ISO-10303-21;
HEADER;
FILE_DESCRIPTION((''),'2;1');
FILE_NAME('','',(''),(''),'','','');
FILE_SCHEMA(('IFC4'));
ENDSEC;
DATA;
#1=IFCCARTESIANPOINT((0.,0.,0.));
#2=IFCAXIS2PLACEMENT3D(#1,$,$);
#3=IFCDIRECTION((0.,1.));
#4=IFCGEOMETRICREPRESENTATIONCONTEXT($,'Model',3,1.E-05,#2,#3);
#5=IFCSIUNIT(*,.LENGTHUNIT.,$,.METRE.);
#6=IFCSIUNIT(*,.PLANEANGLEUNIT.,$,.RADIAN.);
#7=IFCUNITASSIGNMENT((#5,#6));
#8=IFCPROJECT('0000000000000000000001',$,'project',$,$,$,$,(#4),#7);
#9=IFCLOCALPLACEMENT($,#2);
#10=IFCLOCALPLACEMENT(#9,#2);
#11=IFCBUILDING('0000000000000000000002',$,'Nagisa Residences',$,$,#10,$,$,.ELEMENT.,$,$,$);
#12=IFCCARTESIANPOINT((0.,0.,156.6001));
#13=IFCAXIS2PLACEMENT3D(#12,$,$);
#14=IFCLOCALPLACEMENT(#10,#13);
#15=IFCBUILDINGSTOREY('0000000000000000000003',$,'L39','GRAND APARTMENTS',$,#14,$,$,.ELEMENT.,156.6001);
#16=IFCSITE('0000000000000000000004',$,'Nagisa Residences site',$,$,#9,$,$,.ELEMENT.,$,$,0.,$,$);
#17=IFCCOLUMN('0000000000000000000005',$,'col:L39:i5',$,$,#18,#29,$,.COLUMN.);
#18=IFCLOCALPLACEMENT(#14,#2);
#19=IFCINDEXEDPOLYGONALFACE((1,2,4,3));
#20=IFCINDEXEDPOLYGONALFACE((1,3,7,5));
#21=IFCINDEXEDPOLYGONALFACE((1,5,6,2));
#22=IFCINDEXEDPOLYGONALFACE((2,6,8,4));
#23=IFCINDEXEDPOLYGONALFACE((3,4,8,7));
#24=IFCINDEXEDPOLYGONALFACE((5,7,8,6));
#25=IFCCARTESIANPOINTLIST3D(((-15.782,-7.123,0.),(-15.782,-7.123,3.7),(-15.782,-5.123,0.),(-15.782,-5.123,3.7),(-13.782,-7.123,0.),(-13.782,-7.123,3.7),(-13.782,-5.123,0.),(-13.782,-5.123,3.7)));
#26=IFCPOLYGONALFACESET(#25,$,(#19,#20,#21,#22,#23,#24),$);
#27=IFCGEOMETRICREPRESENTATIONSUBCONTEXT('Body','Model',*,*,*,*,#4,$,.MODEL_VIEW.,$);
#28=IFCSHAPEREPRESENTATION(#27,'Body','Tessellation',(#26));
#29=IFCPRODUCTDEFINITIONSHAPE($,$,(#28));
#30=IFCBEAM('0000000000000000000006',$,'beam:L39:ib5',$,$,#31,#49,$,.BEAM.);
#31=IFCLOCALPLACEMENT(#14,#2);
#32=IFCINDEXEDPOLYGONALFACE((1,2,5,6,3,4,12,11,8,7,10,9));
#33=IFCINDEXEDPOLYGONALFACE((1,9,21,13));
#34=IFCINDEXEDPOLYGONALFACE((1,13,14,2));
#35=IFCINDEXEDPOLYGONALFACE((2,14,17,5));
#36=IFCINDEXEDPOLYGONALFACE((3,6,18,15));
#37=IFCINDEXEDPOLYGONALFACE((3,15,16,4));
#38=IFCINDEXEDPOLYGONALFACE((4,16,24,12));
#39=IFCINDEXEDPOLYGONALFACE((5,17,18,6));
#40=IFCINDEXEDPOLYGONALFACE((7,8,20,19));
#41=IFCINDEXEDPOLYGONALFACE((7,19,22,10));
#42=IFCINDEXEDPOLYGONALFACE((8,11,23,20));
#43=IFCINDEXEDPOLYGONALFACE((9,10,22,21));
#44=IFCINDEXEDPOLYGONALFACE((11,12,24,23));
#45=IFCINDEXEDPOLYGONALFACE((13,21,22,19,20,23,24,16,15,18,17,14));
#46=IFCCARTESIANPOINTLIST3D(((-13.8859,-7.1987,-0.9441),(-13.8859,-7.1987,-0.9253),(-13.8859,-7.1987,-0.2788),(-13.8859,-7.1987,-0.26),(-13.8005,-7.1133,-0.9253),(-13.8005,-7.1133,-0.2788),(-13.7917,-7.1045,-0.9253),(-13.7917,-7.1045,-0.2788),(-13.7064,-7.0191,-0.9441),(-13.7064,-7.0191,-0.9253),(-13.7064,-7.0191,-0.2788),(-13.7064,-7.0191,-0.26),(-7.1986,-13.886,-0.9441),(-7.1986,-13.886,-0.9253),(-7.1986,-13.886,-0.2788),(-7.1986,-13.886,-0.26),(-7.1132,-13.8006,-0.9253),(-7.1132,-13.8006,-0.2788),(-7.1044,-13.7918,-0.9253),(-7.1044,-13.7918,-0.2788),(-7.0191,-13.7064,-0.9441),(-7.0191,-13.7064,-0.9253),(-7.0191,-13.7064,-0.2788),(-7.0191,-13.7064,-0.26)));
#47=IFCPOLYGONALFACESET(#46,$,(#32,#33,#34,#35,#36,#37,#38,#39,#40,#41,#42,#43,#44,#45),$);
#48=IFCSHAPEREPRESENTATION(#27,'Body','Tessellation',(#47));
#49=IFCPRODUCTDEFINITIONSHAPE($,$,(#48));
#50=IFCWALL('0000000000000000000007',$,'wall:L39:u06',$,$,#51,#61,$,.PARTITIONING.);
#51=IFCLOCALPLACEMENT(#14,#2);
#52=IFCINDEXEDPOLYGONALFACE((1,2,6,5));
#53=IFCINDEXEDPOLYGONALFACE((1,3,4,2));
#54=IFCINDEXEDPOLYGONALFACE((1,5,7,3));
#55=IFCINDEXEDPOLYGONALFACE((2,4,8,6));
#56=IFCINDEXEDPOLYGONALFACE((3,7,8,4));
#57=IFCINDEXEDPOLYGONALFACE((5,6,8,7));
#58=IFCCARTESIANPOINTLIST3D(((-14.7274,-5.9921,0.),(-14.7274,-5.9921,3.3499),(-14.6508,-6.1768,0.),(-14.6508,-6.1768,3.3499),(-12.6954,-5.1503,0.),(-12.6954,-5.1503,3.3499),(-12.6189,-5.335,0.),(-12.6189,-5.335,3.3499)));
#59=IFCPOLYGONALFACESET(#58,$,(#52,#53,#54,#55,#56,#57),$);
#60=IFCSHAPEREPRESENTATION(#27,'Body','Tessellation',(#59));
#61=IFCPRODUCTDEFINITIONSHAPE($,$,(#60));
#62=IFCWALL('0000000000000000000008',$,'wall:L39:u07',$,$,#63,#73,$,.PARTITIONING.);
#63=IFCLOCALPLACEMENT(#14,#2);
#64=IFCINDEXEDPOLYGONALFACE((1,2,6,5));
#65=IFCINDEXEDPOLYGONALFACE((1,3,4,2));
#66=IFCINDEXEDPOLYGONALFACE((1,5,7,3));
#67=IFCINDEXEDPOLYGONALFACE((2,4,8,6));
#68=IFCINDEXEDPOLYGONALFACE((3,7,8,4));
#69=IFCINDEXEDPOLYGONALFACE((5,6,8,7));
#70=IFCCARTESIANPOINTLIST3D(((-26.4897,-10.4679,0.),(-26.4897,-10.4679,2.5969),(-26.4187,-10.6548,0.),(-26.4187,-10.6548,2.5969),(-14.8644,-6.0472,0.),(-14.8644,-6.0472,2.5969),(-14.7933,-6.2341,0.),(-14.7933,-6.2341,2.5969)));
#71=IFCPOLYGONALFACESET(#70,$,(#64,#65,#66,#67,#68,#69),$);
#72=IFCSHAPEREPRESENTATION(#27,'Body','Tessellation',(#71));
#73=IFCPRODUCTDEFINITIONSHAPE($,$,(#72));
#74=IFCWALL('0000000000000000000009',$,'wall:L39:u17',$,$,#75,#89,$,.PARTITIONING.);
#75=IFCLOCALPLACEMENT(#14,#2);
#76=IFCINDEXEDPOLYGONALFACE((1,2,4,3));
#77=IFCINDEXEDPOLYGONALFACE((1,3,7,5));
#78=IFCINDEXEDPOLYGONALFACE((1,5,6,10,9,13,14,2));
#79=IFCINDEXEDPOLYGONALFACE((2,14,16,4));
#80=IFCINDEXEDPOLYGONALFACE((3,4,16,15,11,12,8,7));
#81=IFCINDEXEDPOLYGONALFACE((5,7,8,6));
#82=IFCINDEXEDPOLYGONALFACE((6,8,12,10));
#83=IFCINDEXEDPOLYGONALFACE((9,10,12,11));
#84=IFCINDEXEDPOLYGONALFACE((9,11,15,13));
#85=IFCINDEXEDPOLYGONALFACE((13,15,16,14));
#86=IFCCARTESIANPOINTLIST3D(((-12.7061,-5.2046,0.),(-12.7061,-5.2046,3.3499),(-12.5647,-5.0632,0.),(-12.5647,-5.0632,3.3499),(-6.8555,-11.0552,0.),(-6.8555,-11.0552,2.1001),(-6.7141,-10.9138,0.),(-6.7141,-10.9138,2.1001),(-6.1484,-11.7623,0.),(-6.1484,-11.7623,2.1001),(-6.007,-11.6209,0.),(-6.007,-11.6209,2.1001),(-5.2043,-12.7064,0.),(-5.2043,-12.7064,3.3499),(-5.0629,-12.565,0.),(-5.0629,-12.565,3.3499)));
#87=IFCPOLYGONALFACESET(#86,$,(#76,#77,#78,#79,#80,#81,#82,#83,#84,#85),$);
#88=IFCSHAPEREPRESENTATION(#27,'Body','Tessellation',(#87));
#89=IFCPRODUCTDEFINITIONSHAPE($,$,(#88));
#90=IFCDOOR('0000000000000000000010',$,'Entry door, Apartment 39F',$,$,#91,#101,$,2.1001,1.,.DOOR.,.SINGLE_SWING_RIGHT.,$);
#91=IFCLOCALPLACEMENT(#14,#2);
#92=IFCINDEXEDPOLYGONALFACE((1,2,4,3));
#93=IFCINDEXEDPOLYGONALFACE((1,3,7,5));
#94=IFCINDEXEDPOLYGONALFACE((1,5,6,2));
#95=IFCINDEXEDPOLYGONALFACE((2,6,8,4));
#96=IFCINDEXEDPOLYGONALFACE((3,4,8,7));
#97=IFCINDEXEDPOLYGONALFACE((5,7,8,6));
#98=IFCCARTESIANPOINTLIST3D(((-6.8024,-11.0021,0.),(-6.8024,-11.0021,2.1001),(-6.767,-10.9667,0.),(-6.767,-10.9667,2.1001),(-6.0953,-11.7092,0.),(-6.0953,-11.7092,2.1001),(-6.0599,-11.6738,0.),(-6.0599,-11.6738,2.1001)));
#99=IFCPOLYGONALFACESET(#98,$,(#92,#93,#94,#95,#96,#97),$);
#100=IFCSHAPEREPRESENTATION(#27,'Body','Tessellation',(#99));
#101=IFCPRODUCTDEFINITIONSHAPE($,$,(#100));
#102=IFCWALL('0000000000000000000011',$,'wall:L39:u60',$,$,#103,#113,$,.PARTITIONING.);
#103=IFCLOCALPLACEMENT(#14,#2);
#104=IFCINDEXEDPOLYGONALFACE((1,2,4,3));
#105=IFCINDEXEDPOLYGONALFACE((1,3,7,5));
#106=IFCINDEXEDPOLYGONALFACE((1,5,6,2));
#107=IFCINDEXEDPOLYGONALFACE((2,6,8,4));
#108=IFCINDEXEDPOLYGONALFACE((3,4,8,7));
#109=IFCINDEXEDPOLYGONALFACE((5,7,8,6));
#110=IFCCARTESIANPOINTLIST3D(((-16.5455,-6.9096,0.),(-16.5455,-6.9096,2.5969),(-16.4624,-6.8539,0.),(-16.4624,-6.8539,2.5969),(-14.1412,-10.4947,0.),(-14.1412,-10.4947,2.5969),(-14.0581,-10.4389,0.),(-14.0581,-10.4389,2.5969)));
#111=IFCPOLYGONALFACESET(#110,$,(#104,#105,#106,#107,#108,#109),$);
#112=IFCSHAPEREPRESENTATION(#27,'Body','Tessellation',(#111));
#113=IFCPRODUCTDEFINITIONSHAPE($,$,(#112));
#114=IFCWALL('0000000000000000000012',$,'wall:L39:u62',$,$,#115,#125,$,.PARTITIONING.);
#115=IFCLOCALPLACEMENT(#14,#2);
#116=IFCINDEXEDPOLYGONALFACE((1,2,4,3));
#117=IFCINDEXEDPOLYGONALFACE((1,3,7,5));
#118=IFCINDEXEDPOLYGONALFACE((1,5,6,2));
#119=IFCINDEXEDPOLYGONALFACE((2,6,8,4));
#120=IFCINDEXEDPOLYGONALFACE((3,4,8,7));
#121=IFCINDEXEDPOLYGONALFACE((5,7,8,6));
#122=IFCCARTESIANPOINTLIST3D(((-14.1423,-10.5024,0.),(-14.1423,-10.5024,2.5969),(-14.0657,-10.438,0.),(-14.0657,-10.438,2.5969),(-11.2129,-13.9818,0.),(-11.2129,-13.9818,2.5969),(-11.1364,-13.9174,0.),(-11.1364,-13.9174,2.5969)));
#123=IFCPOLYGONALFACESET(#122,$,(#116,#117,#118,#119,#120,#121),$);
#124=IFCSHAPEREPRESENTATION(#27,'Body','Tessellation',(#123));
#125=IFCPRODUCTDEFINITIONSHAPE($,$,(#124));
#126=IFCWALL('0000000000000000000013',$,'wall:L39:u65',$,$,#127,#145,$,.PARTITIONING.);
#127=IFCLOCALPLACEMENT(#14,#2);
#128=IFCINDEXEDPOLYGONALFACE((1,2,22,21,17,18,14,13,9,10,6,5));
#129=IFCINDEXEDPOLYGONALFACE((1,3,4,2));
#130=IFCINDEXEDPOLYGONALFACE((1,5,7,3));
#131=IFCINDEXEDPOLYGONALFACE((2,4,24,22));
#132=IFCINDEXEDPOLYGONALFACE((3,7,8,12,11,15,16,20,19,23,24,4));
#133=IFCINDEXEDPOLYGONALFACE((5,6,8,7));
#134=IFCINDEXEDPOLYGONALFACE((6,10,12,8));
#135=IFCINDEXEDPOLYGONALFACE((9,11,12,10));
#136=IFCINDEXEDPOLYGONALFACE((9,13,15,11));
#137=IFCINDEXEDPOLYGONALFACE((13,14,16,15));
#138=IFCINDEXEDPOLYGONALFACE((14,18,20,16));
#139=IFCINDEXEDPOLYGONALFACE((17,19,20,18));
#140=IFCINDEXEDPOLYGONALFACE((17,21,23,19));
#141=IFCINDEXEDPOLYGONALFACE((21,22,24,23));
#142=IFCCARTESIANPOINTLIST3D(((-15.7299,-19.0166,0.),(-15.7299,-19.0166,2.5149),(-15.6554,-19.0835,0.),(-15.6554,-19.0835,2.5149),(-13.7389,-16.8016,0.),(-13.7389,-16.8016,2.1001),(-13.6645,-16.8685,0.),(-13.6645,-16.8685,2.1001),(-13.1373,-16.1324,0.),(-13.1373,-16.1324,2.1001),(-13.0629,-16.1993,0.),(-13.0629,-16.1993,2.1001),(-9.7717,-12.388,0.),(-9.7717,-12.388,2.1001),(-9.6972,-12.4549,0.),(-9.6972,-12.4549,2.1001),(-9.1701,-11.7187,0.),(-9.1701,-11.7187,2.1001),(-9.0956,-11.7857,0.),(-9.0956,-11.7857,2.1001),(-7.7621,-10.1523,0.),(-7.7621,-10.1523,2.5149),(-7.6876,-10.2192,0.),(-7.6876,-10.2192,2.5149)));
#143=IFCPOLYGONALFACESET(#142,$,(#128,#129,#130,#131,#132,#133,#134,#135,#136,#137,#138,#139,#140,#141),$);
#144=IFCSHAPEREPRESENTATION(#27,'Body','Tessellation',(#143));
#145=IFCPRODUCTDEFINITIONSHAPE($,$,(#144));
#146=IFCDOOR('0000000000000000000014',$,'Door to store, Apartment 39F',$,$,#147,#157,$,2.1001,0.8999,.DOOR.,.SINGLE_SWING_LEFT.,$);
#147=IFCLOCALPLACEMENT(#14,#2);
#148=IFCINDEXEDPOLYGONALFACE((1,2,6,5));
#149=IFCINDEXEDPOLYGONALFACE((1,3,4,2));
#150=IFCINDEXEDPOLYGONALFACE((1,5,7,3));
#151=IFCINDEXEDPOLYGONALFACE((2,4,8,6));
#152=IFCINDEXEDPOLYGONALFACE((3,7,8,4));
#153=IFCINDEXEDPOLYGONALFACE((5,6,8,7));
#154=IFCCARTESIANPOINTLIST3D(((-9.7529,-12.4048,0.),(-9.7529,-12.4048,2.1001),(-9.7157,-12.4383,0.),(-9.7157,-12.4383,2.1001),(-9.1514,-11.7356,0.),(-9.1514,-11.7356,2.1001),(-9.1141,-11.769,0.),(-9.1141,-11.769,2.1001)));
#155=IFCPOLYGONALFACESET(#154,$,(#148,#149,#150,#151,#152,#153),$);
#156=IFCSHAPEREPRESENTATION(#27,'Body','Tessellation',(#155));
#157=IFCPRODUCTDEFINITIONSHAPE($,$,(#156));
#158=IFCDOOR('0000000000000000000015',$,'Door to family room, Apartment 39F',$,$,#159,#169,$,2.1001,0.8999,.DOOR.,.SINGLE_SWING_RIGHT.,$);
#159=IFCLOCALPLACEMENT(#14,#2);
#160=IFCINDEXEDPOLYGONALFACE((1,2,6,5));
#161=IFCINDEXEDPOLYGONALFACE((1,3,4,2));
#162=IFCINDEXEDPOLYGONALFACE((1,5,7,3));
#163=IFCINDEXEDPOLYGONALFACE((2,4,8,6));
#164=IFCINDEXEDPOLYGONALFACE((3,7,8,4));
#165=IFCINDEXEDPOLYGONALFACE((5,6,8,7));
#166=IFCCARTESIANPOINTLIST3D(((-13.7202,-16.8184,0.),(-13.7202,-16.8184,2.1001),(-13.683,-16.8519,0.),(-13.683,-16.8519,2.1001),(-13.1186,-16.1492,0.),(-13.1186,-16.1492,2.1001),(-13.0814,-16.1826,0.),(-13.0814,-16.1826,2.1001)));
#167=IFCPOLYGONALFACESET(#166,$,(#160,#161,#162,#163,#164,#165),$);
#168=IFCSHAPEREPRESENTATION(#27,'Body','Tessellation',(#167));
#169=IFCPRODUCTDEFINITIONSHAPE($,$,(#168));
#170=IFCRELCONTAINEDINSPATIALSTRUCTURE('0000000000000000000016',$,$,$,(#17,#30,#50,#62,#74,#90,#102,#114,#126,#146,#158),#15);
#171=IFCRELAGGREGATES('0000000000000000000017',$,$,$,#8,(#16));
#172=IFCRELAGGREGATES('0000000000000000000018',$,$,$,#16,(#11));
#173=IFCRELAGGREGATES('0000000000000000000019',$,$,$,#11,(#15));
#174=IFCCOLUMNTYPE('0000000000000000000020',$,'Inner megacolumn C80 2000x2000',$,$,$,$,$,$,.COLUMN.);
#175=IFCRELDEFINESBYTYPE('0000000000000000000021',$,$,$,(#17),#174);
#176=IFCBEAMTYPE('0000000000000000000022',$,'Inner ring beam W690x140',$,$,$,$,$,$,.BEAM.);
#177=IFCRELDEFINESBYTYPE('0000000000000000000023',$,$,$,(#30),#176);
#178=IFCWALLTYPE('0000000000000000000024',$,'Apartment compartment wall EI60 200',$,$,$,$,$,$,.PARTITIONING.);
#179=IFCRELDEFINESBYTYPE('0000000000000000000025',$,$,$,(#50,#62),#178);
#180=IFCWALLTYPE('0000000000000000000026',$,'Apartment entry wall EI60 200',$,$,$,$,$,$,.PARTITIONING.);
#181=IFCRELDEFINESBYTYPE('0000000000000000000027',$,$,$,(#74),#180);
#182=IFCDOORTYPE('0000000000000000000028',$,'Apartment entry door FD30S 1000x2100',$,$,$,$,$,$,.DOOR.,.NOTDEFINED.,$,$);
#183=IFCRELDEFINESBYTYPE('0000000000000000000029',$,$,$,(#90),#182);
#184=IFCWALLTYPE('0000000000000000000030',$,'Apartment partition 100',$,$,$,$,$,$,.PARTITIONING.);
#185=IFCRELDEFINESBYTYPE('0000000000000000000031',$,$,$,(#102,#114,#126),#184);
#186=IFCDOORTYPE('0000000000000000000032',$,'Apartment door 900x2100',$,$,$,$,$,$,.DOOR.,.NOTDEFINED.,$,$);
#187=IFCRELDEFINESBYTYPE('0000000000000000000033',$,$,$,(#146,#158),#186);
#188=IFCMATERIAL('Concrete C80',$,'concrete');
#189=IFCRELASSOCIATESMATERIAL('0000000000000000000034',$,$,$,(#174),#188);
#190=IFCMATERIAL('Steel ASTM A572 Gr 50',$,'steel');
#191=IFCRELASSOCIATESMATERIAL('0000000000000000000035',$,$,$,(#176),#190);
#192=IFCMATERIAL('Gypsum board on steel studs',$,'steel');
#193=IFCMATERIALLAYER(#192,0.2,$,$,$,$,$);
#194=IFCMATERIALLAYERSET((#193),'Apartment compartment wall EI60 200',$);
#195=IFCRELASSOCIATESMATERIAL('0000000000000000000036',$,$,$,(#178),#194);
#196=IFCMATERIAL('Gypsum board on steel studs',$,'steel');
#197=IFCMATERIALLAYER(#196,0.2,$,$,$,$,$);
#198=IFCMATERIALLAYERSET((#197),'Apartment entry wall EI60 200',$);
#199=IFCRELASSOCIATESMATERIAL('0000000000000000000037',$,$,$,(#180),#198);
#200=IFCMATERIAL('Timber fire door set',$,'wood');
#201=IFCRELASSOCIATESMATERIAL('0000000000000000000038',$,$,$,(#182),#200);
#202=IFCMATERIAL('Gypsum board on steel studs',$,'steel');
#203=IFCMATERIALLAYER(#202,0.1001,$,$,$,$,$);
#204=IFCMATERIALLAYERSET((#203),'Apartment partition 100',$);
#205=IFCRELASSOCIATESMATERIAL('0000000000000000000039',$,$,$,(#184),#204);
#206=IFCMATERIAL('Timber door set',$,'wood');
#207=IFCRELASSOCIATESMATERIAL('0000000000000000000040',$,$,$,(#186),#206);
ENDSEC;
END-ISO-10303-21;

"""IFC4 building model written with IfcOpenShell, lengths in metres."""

from ifc_helpers import new_model, si_unit, direction, frame, frame_2d, origin, origin_2d, place, context, subcontext, project, spatial, rectangle, i_section, extrude, material, layer, layer_set, material_profile, profile_set, type_object, element, fill, save


model = new_model("IFC4")

# Units and contexts
model_context = context("Model", 3, precision=1e-05, world=origin(), true_north=direction((0.0, 1.0)))
body_context = subcontext(model_context, "Body", "Model", "MODEL_VIEW")
ifc_project = project(units=[si_unit("LENGTHUNIT", "METRE"), si_unit("PLANEANGLEUNIT", "RADIAN")], contexts=[model_context])

# Site, building, storey
site_placement = place(None, origin())
site = spatial("IfcSite", under=ifc_project, at=site_placement, Name="Nagisa Residences site", CompositionType="ELEMENT", RefElevation=0.0)
building_placement = place(site_placement, origin())
building = spatial("IfcBuilding", under=site, at=building_placement, Name="Nagisa Residences", CompositionType="ELEMENT")
storey_placement = place(building_placement, frame((0.0, 0.0, 156.6001)))
storey = spatial("IfcBuildingStorey", under=building, at=storey_placement, Name="L39", Description="GRAND APARTMENTS", CompositionType="ELEMENT", Elevation=156.6001)

# Column
ifc_material_1 = material(Name="Concrete C80", Category="concrete")
ifc_material_profile_1 = material_profile(ifc_material_1, rectangle(XDim=2.0, YDim=2.0, at=origin_2d()), Name="C80 2000x2000")
ifc_profile_set_1 = profile_set([ifc_material_profile_1], Name="Concrete C80")
column_type = type_object("IfcColumnType", Name="Inner megacolumn C80 2000x2000", PredefinedType="COLUMN", material=ifc_profile_set_1)
column_placement = place(storey_placement, frame((-14.782, -6.123, 0.0), z_axis=(0.0, 0.0, 1.0), x_axis=(1.0, 0.0, 0.0)))
element("IfcColumn", 1, at=column_placement, inside=storey, type_object=column_type, Name="col:L39:i5", PredefinedType="COLUMN", context=body_context, shape_type="SweptSolid", body=[
    extrude(rectangle(XDim=2.0, YDim=2.0, at=origin_2d()), origin(), (0.0, 0.0, 1.0), 3.7),
])

# Beam
ifc_material_2 = material(Name="Steel ASTM A572 Gr 50", Category="steel")
ifc_material_profile_2 = material_profile(ifc_material_2, i_section(OverallWidth=0.2539, OverallDepth=0.6841, WebThickness=0.0125, FlangeThickness=0.0188, at=origin_2d()), Name="W690x140")
ifc_profile_set_2 = profile_set([ifc_material_profile_2], Name="Steel ASTM A572 Gr 50")
beam_type = type_object("IfcBeamType", Name="Inner ring beam W690x140", PredefinedType="BEAM", material=ifc_profile_set_2)
beam_placement = place(storey_placement, frame((-13.7961, -7.1089, -0.6021), z_axis=(0.707107, -0.707107, 0.0), x_axis=(0.707107, 0.707107, 0.0)))
element("IfcBeam", 2, at=beam_placement, inside=storey, type_object=beam_type, Name="beam:L39:ib5", PredefinedType="BEAM", context=body_context, shape_type="SweptSolid", body=[
    extrude(i_section(OverallWidth=0.2539, OverallDepth=0.6841, WebThickness=0.0125, FlangeThickness=0.0188, at=origin_2d()), origin(), (0.0, 0.0, 1.0), 9.4573),
])

# Walls
ifc_material_3 = material(Name="Gypsum board on steel studs", Category="steel")
ifc_layer_1 = layer(ifc_material_3, 0.2)
ifc_layer_set_1 = layer_set([ifc_layer_1], Name="Apartment compartment wall EI60 200")
wall_type_1 = type_object("IfcWallType", Name="Apartment compartment wall EI60 200", PredefinedType="PARTITIONING", material=ifc_layer_set_1)
wall_1_placement = place(storey_placement, frame((-12.6572, -5.2427, 0.0), z_axis=(0.0, 0.0, 1.0), x_axis=(-0.92386, -0.382731, 0.0)))
element("IfcWall", 3, at=wall_1_placement, inside=storey, type_object=wall_type_1, Name="wall:L39:u06", PredefinedType="PARTITIONING", context=body_context, shape_type="SweptSolid", body=[
    extrude(rectangle(XDim=2.1995, YDim=0.2, at=frame_2d((1.0996, 0.0))), origin(), (0.0, 0.0, 1.0), 3.3499),
])
wall_2_placement = place(storey_placement, frame((-14.8289, -6.1406, 0.0), z_axis=(0.0, 0.0, 1.0), x_axis=(-0.934702, -0.355433, 0.0)))
element("IfcWall", 4, at=wall_2_placement, inside=storey, type_object=wall_type_1, Name="wall:L39:u07", PredefinedType="PARTITIONING", context=body_context, shape_type="SweptSolid", body=[
    extrude(rectangle(XDim=12.4375, YDim=0.2, at=frame_2d((6.2188, 0.0))), origin(), (0.0, 0.0, 1.0), 2.5969),
])

# Wall, opening, door
ifc_material_4 = material(Name="Gypsum board on steel studs", Category="steel")
ifc_layer_2 = layer(ifc_material_4, 0.2)
ifc_layer_set_2 = layer_set([ifc_layer_2], Name="Apartment entry wall EI60 200")
wall_type_2 = type_object("IfcWallType", Name="Apartment entry wall EI60 200", PredefinedType="PARTITIONING", material=ifc_layer_set_2)
wall_3_placement = place(storey_placement, frame((-12.6355, -5.1338, 0.0), z_axis=(0.0, 0.0, 1.0), x_axis=(0.707107, -0.707107, 0.0)))
wall_3 = element("IfcWall", 5, at=wall_3_placement, inside=storey, type_object=wall_type_2, Name="wall:L39:u17", PredefinedType="PARTITIONING", context=body_context, shape_type="SweptSolid", body=[
    extrude(rectangle(XDim=10.6091, YDim=0.2, at=frame_2d((5.3047, 0.0))), origin(), (0.0, 0.0, 1.0), 3.3499),
])
opening_1_placement = place(wall_3_placement, frame((8.2742, 0.0, 0.0)))
opening_1 = element("IfcOpeningElement", 6, at=opening_1_placement, cuts=wall_3, PredefinedType="OPENING", context=body_context, shape_type="SweptSolid", body=[
    extrude(rectangle(XDim=1.0, YDim=2.1001, at=frame_2d((0.5, 1.05))), frame((0.0, 0.1099, 0.0), z_axis=(0.0, -1.0, 0.0), x_axis=(1.0, 0.0, 0.0)), (0.0, 0.0, 1.0), 0.22),
])
ifc_material_5 = material(Name="Timber fire door set", Category="wood")
door_type_1 = type_object("IfcDoorType", Name="Apartment entry door FD30S 1000x2100", OperationType="NOTDEFINED", PredefinedType="DOOR", material=ifc_material_5)
door_1_placement = place(opening_1_placement, frame((1.0, 0.0, 0.0), x_axis=(-1.0, 0.0, 0.0)))
door_1 = element("IfcDoor", 7, at=door_1_placement, inside=storey, type_object=door_type_1, Name="Entry door, Apartment 39F", OperationType="SINGLE_SWING_RIGHT", OverallHeight=2.1001, OverallWidth=1.0, PredefinedType="DOOR", context=body_context, shape_type="SweptSolid", body=[
    extrude(rectangle(XDim=1.0, YDim=2.1001, at=frame_2d((0.5, 1.05))), frame((0.0, 0.0249, 0.0), z_axis=(0.0, -1.0, 0.0), x_axis=(1.0, 0.0, 0.0)), (0.0, 0.0, 1.0), 0.05),
])
fill(opening_1, door_1)

# Walls
ifc_material_6 = material(Name="Gypsum board on steel studs", Category="steel")
ifc_layer_3 = layer(ifc_material_6, 0.1001)
ifc_layer_set_3 = layer_set([ifc_layer_3], Name="Apartment partition 100")
wall_type_3 = type_object("IfcWallType", Name="Apartment partition 100", PredefinedType="PARTITIONING", material=ifc_layer_set_3)
wall_4_placement = place(storey_placement, frame((-16.5039, -6.8818, 0.0), z_axis=(0.0, 0.0, 1.0), x_axis=(0.556995, -0.830516, 0.0)))
element("IfcWall", 8, at=wall_4_placement, inside=storey, type_object=wall_type_3, Name="wall:L39:u60", PredefinedType="PARTITIONING", context=body_context, shape_type="SweptSolid", body=[
    extrude(rectangle(XDim=4.3167, YDim=0.1001, at=frame_2d((2.1582, 0.0))), origin(), (0.0, 0.0, 1.0), 2.5969),
])
wall_5_placement = place(storey_placement, frame((-14.104, -10.4702, 0.0), z_axis=(0.0, 0.0, 1.0), x_axis=(0.644051, -0.764982, 0.0)))
element("IfcWall", 9, at=wall_5_placement, inside=storey, type_object=wall_type_3, Name="wall:L39:u62", PredefinedType="PARTITIONING", context=body_context, shape_type="SweptSolid", body=[
    extrude(rectangle(XDim=4.5483, YDim=0.1001, at=frame_2d((2.2742, 0.0))), origin(), (0.0, 0.0, 1.0), 2.5969),
])

# Wall, openings, doors
wall_6_placement = place(storey_placement, frame((-7.7249, -10.1858, 0.0), z_axis=(0.0, 0.0, 1.0), x_axis=(-0.668498, -0.743714, 0.0)))
wall_6 = element("IfcWall", 10, at=wall_6_placement, inside=storey, type_object=wall_type_3, Name="wall:L39:u65", PredefinedType="PARTITIONING", context=body_context, shape_type="SweptSolid", body=[
    extrude(rectangle(XDim=11.9189, YDim=0.1001, at=frame_2d((5.9595, 0.0))), origin(), (0.0, 0.0, 1.0), 2.5149),
])
opening_2_placement = place(wall_6_placement, frame((2.1062, 0.0, 0.0)))
opening_2 = element("IfcOpeningElement", 11, at=opening_2_placement, cuts=wall_6, PredefinedType="OPENING", context=body_context, shape_type="SweptSolid", body=[
    extrude(rectangle(XDim=0.8999, YDim=2.1001, at=frame_2d((0.45, 1.05))), frame((0.0, 0.0601, 0.0), z_axis=(0.0, -1.0, 0.0), x_axis=(1.0, 0.0, 0.0)), (0.0, 0.0, 1.0), 0.1201),
])
opening_3_placement = place(wall_6_placement, frame((8.0408, 0.0, 0.0)))
opening_3 = element("IfcOpeningElement", 12, at=opening_3_placement, cuts=wall_6, PredefinedType="OPENING", context=body_context, shape_type="SweptSolid", body=[
    extrude(rectangle(XDim=0.8999, YDim=2.1001, at=frame_2d((0.45, 1.05))), frame((0.0, 0.0601, 0.0), z_axis=(0.0, -1.0, 0.0), x_axis=(1.0, 0.0, 0.0)), (0.0, 0.0, 1.0), 0.1201),
])
ifc_material_7 = material(Name="Timber door set", Category="wood")
door_type_2 = type_object("IfcDoorType", Name="Apartment door 900x2100", OperationType="NOTDEFINED", PredefinedType="DOOR", material=ifc_material_7)
door_2_placement = place(opening_2_placement, frame((0.8999, 0.0, 0.0), x_axis=(-1.0, 0.0, 0.0)))
door_2 = element("IfcDoor", 13, at=door_2_placement, inside=storey, type_object=door_type_2, Name="Door to store, Apartment 39F", OperationType="SINGLE_SWING_LEFT", OverallHeight=2.1001, OverallWidth=0.8999, PredefinedType="DOOR", context=body_context, shape_type="SweptSolid", body=[
    extrude(rectangle(XDim=0.8999, YDim=2.1001, at=frame_2d((0.45, 1.05))), frame((0.0, 0.0249, 0.0), z_axis=(0.0, -1.0, 0.0), x_axis=(1.0, 0.0, 0.0)), (0.0, 0.0, 1.0), 0.05),
])
fill(opening_2, door_2)
door_3_placement = place(opening_3_placement, frame((0.8999, 0.0, 0.0), x_axis=(-1.0, 0.0, 0.0)))
door_3 = element("IfcDoor", 14, at=door_3_placement, inside=storey, type_object=door_type_2, Name="Door to family room, Apartment 39F", OperationType="SINGLE_SWING_RIGHT", OverallHeight=2.1001, OverallWidth=0.8999, PredefinedType="DOOR", context=body_context, shape_type="SweptSolid", body=[
    extrude(rectangle(XDim=0.8999, YDim=2.1001, at=frame_2d((0.45, 1.05))), frame((0.0, 0.0249, 0.0), z_axis=(0.0, -1.0, 0.0), x_axis=(1.0, 0.0, 0.0)), (0.0, 0.0, 1.0), 0.05),
])
fill(opening_3, door_3)

save(model, "model.ifc")
